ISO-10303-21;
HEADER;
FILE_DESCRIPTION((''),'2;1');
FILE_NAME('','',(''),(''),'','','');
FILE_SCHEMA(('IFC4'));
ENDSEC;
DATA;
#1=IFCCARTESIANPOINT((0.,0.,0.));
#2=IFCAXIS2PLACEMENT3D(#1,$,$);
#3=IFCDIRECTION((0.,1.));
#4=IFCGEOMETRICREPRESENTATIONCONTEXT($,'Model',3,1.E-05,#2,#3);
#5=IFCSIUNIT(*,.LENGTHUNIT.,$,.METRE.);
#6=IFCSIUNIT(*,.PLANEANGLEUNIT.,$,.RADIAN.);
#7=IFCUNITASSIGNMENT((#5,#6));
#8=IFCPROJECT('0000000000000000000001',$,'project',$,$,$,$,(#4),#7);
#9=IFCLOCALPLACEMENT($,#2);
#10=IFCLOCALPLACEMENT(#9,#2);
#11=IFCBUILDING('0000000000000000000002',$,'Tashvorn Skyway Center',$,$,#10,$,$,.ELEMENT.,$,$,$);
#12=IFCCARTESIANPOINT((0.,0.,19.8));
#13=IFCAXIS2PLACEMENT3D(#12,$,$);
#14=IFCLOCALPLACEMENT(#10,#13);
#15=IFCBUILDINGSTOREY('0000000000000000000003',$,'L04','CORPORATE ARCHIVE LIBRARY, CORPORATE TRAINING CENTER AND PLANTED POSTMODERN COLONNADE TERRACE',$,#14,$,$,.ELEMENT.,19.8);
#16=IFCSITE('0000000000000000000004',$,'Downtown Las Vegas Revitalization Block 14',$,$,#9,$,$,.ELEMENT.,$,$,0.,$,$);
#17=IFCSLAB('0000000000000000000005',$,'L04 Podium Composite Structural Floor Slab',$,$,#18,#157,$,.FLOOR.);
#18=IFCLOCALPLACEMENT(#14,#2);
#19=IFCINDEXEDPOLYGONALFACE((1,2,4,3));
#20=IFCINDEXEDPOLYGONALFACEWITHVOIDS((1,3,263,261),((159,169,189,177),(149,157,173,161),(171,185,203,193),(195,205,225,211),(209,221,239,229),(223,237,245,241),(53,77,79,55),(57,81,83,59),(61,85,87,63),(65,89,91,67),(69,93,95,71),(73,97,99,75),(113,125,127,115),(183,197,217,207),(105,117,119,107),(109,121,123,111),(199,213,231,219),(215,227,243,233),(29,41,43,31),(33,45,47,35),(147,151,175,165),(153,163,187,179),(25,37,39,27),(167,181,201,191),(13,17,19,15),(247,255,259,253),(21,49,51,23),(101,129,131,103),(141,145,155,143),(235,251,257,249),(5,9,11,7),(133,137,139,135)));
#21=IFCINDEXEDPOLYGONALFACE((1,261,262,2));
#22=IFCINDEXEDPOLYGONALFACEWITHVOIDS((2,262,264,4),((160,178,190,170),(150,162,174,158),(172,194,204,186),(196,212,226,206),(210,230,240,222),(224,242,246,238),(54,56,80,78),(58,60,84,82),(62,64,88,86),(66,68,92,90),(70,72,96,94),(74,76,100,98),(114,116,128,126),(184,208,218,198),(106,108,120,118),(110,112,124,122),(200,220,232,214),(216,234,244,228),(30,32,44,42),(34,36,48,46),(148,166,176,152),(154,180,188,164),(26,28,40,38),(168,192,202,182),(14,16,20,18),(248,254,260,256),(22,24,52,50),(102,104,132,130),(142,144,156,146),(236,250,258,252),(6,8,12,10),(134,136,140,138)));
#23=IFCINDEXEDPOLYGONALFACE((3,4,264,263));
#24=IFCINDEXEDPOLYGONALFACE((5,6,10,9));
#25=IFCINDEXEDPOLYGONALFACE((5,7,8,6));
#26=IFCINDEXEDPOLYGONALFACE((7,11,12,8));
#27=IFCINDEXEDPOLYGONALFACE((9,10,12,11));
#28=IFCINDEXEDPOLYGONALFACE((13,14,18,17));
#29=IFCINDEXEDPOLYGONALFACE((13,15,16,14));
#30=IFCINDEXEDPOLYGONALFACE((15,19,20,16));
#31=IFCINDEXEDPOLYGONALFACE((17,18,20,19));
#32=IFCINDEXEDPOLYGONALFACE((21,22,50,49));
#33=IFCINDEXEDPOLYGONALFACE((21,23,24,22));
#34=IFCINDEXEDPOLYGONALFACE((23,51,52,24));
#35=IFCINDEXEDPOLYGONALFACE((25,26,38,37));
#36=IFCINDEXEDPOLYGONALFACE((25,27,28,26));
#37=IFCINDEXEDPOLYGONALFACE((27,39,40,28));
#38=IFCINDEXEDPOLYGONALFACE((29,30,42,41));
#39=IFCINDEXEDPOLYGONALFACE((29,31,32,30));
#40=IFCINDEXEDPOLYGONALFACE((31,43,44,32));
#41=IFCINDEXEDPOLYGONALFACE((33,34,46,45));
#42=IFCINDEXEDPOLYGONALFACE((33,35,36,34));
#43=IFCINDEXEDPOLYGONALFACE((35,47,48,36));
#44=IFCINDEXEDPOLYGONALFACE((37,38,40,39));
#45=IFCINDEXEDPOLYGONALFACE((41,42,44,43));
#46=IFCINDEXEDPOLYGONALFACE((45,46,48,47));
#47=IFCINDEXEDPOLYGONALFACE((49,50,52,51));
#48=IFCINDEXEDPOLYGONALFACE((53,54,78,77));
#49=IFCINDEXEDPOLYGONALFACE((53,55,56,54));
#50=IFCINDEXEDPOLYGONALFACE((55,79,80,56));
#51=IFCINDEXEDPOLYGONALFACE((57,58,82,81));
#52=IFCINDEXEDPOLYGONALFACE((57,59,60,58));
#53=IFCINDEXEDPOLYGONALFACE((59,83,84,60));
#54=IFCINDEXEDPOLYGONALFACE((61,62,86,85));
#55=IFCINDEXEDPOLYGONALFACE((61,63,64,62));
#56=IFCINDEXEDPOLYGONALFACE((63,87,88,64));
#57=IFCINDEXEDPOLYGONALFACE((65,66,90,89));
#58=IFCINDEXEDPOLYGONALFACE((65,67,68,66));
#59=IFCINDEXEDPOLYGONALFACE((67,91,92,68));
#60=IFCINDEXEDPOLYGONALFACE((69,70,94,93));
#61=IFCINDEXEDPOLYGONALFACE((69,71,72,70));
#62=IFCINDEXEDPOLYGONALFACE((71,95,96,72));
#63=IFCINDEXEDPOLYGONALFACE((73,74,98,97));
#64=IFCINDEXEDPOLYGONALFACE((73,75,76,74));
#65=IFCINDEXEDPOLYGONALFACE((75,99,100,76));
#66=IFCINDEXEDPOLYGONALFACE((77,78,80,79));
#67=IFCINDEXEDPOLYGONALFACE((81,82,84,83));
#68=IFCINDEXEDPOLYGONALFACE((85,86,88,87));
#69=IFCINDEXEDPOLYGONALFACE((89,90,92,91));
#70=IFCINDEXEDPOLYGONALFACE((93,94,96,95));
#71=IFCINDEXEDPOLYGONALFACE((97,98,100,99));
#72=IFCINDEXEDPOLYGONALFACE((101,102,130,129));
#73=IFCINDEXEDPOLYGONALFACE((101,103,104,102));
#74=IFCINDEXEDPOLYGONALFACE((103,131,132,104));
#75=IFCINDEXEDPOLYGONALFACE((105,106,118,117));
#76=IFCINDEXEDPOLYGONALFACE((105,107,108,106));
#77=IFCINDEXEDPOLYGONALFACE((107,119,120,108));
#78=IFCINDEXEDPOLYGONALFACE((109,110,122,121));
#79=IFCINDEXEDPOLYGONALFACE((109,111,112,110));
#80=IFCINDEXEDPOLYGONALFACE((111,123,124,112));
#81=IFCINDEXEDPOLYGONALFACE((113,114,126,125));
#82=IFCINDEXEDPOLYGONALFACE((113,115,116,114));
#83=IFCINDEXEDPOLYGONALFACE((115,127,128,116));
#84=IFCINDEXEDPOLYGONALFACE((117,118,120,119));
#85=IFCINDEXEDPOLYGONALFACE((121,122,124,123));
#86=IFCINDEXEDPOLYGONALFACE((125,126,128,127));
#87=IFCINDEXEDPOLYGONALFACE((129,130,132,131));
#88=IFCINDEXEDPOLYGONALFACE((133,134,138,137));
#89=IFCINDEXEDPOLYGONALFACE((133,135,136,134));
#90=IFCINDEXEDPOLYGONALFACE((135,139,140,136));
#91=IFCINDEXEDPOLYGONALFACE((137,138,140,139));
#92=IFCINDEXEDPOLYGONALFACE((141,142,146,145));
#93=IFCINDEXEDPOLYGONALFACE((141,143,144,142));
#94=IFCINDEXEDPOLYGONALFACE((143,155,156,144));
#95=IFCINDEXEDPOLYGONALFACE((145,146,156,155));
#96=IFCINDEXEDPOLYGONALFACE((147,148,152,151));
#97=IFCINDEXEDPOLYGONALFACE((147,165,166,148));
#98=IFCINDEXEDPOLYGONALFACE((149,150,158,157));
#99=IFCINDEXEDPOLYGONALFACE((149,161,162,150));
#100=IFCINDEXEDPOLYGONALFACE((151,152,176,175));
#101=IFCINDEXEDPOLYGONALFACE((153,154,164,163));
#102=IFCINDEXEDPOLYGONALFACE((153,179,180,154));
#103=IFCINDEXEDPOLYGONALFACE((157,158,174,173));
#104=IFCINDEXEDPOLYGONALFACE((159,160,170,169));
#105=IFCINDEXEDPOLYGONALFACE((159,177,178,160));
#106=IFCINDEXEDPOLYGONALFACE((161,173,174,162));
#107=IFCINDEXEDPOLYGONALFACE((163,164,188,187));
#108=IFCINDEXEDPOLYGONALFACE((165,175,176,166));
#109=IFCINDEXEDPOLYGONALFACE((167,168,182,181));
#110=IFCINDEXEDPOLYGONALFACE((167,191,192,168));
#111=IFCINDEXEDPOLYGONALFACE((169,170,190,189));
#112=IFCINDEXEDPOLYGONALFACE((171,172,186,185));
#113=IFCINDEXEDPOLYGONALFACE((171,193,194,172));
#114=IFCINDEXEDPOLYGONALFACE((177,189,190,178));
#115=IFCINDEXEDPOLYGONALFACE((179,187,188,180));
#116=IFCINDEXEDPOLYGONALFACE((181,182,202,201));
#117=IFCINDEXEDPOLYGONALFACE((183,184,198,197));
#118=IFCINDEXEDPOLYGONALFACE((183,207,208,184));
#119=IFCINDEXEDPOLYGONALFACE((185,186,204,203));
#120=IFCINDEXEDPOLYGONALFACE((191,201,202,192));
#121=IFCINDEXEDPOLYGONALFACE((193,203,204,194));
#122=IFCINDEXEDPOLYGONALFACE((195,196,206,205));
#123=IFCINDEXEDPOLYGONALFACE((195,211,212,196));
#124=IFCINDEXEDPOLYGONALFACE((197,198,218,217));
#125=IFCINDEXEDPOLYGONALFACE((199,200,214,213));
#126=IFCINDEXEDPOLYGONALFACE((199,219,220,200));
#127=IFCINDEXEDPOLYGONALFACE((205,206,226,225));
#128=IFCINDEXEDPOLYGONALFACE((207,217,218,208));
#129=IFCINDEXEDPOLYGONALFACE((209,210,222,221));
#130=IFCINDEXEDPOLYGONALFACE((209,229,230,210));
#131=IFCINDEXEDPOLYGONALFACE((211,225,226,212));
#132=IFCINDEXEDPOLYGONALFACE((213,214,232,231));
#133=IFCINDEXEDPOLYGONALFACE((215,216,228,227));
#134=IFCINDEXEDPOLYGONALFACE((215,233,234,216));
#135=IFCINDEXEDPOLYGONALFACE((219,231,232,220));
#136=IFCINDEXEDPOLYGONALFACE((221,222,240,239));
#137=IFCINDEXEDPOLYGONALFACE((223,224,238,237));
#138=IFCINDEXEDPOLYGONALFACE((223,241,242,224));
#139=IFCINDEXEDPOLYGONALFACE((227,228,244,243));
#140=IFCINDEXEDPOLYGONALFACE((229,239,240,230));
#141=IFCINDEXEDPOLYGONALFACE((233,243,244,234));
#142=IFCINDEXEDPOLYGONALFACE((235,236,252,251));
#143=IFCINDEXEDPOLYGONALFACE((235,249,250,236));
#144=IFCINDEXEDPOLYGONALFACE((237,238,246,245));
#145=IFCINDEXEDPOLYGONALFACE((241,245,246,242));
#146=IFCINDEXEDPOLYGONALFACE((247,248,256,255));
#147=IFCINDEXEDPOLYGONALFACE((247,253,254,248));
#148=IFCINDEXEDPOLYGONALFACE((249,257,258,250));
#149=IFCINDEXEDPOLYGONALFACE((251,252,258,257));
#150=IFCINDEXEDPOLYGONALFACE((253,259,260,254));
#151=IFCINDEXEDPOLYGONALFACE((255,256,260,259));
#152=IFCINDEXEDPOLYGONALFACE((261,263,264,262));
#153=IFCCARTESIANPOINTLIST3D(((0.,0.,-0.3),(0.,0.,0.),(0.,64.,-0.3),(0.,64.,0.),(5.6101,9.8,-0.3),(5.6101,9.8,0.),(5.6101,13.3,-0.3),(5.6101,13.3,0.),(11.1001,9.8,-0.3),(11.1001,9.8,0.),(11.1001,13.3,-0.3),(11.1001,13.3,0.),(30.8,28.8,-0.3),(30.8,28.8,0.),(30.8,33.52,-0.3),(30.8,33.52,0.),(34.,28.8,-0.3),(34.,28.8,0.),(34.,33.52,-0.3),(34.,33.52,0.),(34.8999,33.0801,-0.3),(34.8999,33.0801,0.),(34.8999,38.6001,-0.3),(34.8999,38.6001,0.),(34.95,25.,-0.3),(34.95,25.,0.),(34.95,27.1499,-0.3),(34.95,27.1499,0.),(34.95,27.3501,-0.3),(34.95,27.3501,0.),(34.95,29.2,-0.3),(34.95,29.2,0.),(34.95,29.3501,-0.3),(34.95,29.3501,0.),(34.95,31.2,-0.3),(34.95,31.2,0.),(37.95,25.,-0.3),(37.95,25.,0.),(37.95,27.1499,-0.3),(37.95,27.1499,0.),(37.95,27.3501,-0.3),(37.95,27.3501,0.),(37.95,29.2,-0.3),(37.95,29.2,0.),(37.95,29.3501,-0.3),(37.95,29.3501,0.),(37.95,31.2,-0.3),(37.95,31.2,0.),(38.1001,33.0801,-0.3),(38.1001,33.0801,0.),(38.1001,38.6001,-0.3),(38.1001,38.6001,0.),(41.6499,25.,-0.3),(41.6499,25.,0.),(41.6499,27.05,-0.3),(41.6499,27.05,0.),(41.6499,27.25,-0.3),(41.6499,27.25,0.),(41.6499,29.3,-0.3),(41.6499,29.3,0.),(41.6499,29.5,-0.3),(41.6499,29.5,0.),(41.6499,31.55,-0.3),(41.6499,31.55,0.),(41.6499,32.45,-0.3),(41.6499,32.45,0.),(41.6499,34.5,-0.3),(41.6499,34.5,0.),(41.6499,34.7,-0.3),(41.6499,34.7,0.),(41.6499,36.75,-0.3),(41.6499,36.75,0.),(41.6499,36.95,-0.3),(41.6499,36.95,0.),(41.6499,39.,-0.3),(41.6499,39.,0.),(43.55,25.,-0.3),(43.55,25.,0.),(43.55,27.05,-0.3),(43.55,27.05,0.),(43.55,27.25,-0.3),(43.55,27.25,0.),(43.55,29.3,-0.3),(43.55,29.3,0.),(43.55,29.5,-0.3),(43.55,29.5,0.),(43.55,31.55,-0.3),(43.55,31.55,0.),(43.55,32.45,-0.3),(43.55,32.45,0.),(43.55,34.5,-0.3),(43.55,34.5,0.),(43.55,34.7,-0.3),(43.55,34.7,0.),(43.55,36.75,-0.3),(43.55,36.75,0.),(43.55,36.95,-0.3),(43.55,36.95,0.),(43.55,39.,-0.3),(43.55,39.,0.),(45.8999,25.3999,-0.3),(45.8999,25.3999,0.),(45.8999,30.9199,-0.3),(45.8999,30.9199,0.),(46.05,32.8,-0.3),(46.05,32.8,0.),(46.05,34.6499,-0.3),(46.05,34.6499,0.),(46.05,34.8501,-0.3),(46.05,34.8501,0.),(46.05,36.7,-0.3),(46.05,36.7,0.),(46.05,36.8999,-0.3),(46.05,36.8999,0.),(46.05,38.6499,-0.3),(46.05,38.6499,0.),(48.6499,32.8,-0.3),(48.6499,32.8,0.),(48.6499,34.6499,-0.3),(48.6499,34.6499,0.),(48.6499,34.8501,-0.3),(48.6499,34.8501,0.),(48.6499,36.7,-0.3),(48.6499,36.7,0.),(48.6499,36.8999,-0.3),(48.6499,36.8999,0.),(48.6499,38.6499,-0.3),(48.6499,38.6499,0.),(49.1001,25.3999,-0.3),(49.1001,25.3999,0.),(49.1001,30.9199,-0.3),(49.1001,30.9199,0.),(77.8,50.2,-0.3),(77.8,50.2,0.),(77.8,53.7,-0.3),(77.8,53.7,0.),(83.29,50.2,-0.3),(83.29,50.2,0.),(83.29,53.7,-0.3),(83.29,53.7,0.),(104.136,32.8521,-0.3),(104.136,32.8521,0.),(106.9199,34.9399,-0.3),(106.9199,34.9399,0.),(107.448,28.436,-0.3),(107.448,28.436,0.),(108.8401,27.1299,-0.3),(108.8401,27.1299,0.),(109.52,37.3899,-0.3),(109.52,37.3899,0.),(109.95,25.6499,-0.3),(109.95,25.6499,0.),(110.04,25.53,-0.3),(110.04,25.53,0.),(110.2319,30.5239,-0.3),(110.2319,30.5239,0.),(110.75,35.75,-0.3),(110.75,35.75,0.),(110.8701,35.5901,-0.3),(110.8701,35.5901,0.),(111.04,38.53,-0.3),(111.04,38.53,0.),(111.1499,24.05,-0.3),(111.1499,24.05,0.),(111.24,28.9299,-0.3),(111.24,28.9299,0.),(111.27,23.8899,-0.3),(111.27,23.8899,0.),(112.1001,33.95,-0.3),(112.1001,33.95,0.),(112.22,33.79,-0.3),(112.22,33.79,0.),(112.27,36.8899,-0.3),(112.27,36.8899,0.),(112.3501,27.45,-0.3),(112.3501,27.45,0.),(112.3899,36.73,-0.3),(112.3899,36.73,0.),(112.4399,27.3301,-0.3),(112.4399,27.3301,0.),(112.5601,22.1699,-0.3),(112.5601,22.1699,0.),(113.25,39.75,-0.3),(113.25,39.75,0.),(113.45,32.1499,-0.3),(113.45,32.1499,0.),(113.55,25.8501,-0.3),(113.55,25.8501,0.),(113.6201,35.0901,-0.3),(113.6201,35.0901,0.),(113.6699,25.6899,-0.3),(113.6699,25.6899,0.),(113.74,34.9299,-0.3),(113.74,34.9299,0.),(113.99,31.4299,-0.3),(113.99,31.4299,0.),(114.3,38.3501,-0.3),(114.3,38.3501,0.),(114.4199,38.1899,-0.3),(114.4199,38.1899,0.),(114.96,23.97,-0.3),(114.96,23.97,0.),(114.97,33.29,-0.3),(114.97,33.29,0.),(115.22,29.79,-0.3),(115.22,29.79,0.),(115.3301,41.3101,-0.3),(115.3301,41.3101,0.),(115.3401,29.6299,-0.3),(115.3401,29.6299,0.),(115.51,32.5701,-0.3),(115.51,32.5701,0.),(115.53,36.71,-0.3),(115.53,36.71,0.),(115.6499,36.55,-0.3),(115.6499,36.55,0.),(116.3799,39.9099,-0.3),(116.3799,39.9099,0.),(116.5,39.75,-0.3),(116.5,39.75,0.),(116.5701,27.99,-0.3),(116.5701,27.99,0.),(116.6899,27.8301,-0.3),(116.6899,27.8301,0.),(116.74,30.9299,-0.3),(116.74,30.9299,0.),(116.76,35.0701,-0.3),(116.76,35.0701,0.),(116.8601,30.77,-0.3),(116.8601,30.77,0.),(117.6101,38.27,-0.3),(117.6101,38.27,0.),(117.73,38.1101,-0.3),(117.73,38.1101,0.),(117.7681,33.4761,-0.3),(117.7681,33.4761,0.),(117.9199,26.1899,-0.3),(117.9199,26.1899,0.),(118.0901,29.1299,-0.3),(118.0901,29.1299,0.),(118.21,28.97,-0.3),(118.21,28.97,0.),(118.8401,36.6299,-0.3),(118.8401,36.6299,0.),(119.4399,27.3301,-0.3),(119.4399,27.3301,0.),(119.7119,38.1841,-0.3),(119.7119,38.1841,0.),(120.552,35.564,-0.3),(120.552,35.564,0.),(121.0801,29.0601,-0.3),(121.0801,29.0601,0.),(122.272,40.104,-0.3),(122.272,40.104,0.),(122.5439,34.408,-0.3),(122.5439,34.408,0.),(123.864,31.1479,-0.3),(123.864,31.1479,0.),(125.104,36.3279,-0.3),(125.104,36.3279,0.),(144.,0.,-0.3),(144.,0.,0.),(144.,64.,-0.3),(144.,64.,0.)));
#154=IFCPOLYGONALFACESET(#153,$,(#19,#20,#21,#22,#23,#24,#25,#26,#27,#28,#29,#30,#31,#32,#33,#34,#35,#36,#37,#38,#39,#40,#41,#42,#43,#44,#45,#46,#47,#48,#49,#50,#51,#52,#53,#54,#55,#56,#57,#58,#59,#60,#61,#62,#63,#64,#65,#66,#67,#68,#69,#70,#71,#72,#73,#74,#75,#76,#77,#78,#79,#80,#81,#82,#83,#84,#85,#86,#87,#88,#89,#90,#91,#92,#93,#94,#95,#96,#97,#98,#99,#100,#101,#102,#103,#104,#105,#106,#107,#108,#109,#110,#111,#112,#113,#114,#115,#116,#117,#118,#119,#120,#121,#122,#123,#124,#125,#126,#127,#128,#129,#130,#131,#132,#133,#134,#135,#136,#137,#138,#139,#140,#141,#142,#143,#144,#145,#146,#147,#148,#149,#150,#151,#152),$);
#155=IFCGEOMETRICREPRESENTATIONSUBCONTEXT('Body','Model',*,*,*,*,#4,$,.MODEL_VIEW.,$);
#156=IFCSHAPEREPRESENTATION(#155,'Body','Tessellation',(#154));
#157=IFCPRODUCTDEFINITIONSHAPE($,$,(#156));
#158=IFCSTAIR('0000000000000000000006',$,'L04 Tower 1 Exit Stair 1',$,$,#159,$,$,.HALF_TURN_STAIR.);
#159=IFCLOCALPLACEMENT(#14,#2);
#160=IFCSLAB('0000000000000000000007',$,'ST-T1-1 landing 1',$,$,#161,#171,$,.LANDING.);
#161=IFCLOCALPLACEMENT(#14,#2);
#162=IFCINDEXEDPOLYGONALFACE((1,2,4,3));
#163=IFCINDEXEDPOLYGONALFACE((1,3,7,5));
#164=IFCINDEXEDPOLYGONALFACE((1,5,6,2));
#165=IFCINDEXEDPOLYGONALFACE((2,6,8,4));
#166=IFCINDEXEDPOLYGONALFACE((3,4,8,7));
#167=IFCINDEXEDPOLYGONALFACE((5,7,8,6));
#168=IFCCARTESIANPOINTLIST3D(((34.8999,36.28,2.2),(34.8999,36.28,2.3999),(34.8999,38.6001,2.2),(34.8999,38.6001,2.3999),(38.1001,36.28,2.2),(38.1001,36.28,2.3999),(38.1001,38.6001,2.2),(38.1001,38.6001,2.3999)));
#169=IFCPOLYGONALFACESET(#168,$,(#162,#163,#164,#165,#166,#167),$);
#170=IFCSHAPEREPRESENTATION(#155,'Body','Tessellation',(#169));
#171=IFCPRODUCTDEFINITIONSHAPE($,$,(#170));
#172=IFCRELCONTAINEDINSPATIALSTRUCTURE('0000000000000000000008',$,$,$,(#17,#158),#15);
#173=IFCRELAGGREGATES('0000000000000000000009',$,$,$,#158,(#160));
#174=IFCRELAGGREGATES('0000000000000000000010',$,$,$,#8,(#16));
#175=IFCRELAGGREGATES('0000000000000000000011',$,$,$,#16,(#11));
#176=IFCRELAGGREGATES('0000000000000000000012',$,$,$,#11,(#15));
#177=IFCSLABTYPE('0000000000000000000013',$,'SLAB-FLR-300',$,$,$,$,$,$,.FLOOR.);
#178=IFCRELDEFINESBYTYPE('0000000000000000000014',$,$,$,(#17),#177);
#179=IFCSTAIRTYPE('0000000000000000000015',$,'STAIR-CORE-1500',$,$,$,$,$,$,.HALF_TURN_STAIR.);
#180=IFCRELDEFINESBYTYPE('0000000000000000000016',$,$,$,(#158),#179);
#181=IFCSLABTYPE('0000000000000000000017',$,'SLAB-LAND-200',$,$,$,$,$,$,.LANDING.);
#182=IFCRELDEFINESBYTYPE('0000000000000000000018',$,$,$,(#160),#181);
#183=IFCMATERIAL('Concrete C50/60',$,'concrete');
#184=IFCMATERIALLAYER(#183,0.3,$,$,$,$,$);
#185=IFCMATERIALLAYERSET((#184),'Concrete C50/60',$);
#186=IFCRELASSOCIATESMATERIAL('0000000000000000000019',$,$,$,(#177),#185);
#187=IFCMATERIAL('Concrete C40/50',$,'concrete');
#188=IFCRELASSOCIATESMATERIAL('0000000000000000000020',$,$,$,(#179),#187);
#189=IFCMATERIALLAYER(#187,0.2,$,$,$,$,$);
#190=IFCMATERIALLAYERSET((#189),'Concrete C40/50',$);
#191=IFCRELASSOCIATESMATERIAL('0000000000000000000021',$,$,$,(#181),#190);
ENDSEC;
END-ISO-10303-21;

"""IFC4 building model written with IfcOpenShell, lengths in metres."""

from ifc_helpers import new_model, si_unit, direction, frame, origin, place, context, subcontext, project, spatial, polyline, outline, extrude, material, layer, layer_set, type_object, element, aggregate, save


model = new_model("IFC4")

# Units and contexts
model_context = context("Model", 3, precision=1e-05, world=origin(), true_north=direction((0.0, 1.0)))
body_context = subcontext(model_context, "Body", "Model", "MODEL_VIEW")
ifc_project = project(units=[si_unit("LENGTHUNIT", "METRE"), si_unit("PLANEANGLEUNIT", "RADIAN")], contexts=[model_context])

# Site, building, storey
site_placement = place(None, origin())
site = spatial("IfcSite", under=ifc_project, at=site_placement, Name="Downtown Las Vegas Revitalization Block 14", CompositionType="ELEMENT", RefElevation=0.0)
building_placement = place(site_placement, origin())
building = spatial("IfcBuilding", under=site, at=building_placement, Name="Tashvorn Skyway Center", CompositionType="ELEMENT")
storey_placement = place(building_placement, frame((0.0, 0.0, 19.8)))
storey = spatial("IfcBuildingStorey", under=building, at=storey_placement, Name="L04", Description="CORPORATE ARCHIVE LIBRARY, CORPORATE TRAINING CENTER AND PLANTED POSTMODERN COLONNADE TERRACE", CompositionType="ELEMENT", Elevation=19.8)

# Shared definitions
ifc_material_1 = material(Name="Concrete C50/60", Category="concrete")

# Slab
ifc_layer_1 = layer(ifc_material_1, 0.3)
ifc_layer_set_1 = layer_set([ifc_layer_1], Name="Concrete C50/60")
slab_type_1 = type_object("IfcSlabType", Name="SLAB-FLR-300", PredefinedType="FLOOR", material=ifc_layer_set_1)
slab_1_placement = place(storey_placement, frame((0.0, 0.0, -0.3)))
element("IfcSlab", 1, at=slab_1_placement, inside=storey, type_object=slab_type_1, Name="L04 Podium Composite Structural Floor Slab", PredefinedType="FLOOR", context=body_context, shape_type="SweptSolid", body=[
    extrude(outline(polyline([(0.0, 0.0), (144.0, 0.0), (144.0, 64.0), (0.0, 64.0), (0.0, 0.0)]), holes=[polyline([(38.1001, 33.0801), (38.1001, 38.6001), (34.8999, 38.6001), (34.8999, 33.0801), (38.1001, 33.0801)]), polyline([(45.8999, 30.9199), (45.8999, 25.3999), (49.1001, 25.3999), (49.1001, 30.9199), (45.8999, 30.9199)]), polyline([(110.2319, 30.5239), (106.9199, 34.9399), (104.136, 32.8521), (107.448, 28.436), (110.2319, 30.5239)]), polyline([(117.7681, 33.4761), (121.0801, 29.0601), (123.864, 31.1479), (120.552, 35.564), (117.7681, 33.4761)]), polyline([(30.8, 33.52), (30.8, 28.8), (34.0, 28.8), (34.0, 33.52), (30.8, 33.52)]), polyline([(119.7119, 38.1841), (122.5439, 34.408), (125.104, 36.3279), (122.272, 40.104), (119.7119, 38.1841)]), polyline([(5.6101, 9.8), (11.1001, 9.8), (11.1001, 13.3), (5.6101, 13.3), (5.6101, 9.8)]), polyline([(83.29, 53.7), (77.8, 53.7), (77.8, 50.2), (83.29, 50.2), (83.29, 53.7)]), polyline([(34.95, 29.3501), (37.95, 29.3501), (37.95, 31.2), (34.95, 31.2), (34.95, 29.3501)]), polyline([(34.95, 27.3501), (37.95, 27.3501), (37.95, 29.2), (34.95, 29.2), (34.95, 27.3501)]), polyline([(34.95, 25.0), (37.95, 25.0), (37.95, 27.1499), (34.95, 27.1499), (34.95, 25.0)]), polyline([(41.6499, 25.0), (43.55, 25.0), (43.55, 27.05), (41.6499, 27.05), (41.6499, 25.0)]), polyline([(41.6499, 27.25), (43.55, 27.25), (43.55, 29.3), (41.6499, 29.3), (41.6499, 27.25)]), polyline([(41.6499, 29.5), (43.55, 29.5), (43.55, 31.55), (41.6499, 31.55), (41.6499, 29.5)]), polyline([(41.6499, 32.45), (43.55, 32.45), (43.55, 34.5), (41.6499, 34.5), (41.6499, 32.45)]), polyline([(41.6499, 34.7), (43.55, 34.7), (43.55, 36.75), (41.6499, 36.75), (41.6499, 34.7)]), polyline([(41.6499, 36.95), (43.55, 36.95), (43.55, 39.0), (41.6499, 39.0), (41.6499, 36.95)]), polyline([(46.05, 32.8), (48.6499, 32.8), (48.6499, 34.6499), (46.05, 34.6499), (46.05, 32.8)]), polyline([(46.05, 34.8501), (48.6499, 34.8501), (48.6499, 36.7), (46.05, 36.7), (46.05, 34.8501)]), polyline([(46.05, 36.8999), (48.6499, 36.8999), (48.6499, 38.6499), (46.05, 38.6499), (46.05, 36.8999)]), polyline([(109.95, 25.6499), (112.3501, 27.45), (111.24, 28.9299), (108.8401, 27.1299), (109.95, 25.6499)]), polyline([(111.1499, 24.05), (113.55, 25.8501), (112.4399, 27.3301), (110.04, 25.53), (111.1499, 24.05)]), polyline([(112.5601, 22.1699), (114.96, 23.97), (113.6699, 25.6899), (111.27, 23.8899), (112.5601, 22.1699)]), polyline([(117.9199, 26.1899), (119.4399, 27.3301), (118.21, 28.97), (116.6899, 27.8301), (117.9199, 26.1899)]), polyline([(116.5701, 27.99), (118.0901, 29.1299), (116.8601, 30.77), (115.3401, 29.6299), (116.5701, 27.99)]), polyline([(115.22, 29.79), (116.74, 30.9299), (115.51, 32.5701), (113.99, 31.4299), (115.22, 29.79)]), polyline([(113.45, 32.1499), (114.97, 33.29), (113.74, 34.9299), (112.22, 33.79), (113.45, 32.1499)]), polyline([(112.1001, 33.95), (113.6201, 35.0901), (112.3899, 36.73), (110.8701, 35.5901), (112.1001, 33.95)]), polyline([(110.75, 35.75), (112.27, 36.8899), (111.04, 38.53), (109.52, 37.3899), (110.75, 35.75)]), polyline([(116.76, 35.0701), (118.8401, 36.6299), (117.73, 38.1101), (115.6499, 36.55), (116.76, 35.0701)]), polyline([(115.53, 36.71), (117.6101, 38.27), (116.5, 39.75), (114.4199, 38.1899), (115.53, 36.71)]), polyline([(114.3, 38.3501), (116.3799, 39.9099), (115.3301, 41.3101), (113.25, 39.75), (114.3, 38.3501)])]), origin(), (0.0, 0.0, 1.0), 0.3),
])

# Stair, slab
ifc_material_2 = material(Name="Concrete C40/50", Category="concrete")
stair_type_1 = type_object("IfcStairType", Name="STAIR-CORE-1500", PredefinedType="HALF_TURN_STAIR", material=ifc_material_2)
stair_1_placement = place(storey_placement, origin())
stair_1 = element("IfcStair", 2, at=stair_1_placement, inside=storey, type_object=stair_type_1, Name="L04 Tower 1 Exit Stair 1", PredefinedType="HALF_TURN_STAIR")
ifc_layer_2 = layer(ifc_material_2, 0.2)
ifc_layer_set_2 = layer_set([ifc_layer_2], Name="Concrete C40/50")
slab_type_2 = type_object("IfcSlabType", Name="SLAB-LAND-200", PredefinedType="LANDING", material=ifc_layer_set_2)
slab_2_placement = place(storey_placement, frame((0.0, 0.0, 2.2)))
slab_2 = element("IfcSlab", 3, at=slab_2_placement, type_object=slab_type_2, Name="ST-T1-1 landing 1", PredefinedType="LANDING", context=body_context, shape_type="SweptSolid", body=[
    extrude(outline(polyline([(38.1001, 36.28), (38.1001, 38.6001), (34.8999, 38.6001), (34.8999, 36.28), (38.1001, 36.28)])), origin(), (0.0, 0.0, 1.0), 0.2),
])
aggregate(stair_1, [slab_2])

save(model, "model.ifc")
